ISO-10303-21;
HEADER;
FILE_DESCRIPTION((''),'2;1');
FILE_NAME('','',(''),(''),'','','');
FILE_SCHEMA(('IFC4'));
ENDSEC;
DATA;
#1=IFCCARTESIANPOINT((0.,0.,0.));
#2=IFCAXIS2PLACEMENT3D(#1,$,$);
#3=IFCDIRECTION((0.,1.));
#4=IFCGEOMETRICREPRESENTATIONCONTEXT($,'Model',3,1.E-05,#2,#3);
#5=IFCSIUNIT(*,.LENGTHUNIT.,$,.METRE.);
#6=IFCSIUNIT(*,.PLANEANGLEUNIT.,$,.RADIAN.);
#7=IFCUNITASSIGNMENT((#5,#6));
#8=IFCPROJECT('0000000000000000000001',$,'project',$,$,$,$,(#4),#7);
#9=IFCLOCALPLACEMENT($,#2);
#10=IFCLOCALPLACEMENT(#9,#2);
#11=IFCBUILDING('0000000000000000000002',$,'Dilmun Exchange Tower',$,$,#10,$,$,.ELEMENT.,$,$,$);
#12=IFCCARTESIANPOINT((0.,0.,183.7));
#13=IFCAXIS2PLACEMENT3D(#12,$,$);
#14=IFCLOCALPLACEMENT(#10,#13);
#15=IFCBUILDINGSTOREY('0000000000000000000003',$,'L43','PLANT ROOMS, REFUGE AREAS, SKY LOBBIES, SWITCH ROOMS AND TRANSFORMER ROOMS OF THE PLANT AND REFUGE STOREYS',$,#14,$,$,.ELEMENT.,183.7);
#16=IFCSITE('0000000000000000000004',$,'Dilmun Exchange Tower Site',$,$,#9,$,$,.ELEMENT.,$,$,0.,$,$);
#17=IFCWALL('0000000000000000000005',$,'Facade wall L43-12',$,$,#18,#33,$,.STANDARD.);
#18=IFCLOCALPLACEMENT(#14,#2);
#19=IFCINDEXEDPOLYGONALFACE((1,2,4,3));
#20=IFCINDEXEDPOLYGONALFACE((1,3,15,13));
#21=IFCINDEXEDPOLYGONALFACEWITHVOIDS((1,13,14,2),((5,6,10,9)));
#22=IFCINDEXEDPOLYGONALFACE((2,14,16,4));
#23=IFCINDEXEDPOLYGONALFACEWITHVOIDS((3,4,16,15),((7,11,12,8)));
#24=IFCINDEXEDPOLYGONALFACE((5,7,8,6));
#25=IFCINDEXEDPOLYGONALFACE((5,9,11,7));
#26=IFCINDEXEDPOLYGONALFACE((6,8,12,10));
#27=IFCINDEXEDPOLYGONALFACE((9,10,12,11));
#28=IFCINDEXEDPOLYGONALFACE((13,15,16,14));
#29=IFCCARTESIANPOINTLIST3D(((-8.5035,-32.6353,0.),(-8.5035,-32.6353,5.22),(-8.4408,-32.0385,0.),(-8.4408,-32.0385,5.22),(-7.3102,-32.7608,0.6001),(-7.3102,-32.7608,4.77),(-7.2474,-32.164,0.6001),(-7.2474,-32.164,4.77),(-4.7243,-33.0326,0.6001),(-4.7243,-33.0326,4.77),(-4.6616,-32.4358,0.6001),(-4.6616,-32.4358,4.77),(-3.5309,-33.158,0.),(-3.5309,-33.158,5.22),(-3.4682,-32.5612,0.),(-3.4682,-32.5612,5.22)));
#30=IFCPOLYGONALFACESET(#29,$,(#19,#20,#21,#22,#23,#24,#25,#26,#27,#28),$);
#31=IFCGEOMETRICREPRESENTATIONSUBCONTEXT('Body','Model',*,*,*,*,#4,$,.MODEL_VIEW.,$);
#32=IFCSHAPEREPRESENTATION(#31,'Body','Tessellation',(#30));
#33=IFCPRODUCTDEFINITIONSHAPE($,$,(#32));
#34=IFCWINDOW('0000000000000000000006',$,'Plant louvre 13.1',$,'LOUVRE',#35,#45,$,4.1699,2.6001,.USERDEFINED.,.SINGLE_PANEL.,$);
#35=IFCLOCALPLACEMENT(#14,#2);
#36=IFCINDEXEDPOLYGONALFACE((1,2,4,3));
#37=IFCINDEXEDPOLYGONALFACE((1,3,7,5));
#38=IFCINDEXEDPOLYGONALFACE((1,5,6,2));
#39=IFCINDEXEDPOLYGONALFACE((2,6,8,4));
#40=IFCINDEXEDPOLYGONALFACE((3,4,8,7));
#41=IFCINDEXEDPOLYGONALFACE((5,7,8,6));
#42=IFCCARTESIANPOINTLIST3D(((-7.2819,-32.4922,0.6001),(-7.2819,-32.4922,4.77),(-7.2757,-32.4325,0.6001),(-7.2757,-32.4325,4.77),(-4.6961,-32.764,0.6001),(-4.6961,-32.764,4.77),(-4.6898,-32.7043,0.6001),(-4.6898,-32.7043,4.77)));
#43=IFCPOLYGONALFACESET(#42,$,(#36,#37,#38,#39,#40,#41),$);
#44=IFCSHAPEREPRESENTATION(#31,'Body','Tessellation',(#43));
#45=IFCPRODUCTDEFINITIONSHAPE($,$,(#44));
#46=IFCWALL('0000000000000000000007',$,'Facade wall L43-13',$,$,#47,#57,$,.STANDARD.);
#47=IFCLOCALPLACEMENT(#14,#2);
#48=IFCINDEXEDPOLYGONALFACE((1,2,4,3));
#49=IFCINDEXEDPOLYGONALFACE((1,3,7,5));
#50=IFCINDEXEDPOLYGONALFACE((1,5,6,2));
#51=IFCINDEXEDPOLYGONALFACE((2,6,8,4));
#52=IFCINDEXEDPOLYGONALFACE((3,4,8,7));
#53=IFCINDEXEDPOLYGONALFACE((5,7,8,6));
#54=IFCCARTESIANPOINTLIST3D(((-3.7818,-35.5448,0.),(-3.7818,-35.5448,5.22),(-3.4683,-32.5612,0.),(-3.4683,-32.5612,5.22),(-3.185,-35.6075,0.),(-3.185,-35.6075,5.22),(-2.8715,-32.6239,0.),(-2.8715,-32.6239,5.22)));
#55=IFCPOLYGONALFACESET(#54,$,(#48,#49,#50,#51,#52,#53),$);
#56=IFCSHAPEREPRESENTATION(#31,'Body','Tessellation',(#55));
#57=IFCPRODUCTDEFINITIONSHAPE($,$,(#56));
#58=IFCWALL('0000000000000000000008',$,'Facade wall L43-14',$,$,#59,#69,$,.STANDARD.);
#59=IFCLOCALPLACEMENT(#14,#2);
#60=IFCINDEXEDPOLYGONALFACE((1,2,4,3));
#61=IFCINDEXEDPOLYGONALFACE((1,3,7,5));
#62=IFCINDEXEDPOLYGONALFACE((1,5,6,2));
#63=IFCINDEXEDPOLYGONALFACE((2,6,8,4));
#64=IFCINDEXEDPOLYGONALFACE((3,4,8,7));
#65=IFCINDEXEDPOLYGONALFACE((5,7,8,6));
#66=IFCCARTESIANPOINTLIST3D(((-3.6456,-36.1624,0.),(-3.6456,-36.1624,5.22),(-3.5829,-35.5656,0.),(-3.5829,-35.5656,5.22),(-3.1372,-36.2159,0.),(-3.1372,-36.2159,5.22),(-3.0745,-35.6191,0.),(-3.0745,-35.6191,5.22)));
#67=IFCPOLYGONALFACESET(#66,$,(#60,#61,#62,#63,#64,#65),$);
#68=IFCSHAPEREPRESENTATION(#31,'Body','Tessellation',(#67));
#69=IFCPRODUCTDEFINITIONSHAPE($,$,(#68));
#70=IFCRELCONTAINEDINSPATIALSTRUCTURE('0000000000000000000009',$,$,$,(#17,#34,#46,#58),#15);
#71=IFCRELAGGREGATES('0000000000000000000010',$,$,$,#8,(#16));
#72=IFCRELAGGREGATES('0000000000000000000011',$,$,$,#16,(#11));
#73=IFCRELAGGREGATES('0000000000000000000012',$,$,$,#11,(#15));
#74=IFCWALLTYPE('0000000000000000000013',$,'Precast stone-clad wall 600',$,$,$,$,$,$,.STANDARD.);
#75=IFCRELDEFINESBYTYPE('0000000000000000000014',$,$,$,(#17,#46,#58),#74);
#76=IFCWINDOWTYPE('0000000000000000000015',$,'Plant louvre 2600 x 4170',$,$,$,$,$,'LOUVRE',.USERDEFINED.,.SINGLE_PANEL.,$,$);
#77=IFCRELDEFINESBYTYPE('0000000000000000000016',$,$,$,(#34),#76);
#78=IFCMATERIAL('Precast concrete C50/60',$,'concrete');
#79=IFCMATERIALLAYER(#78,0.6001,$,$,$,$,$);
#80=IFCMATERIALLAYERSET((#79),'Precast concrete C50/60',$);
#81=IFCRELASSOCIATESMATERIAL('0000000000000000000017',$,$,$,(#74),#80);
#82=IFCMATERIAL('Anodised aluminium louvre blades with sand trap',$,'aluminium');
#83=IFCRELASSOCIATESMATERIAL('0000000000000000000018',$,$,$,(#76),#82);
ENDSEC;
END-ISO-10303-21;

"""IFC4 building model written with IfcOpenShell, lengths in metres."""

from ifc_helpers import new_model, si_unit, direction, frame, frame_2d, origin, place, context, subcontext, project, spatial, rectangle, extrude, material, layer, layer_set, type_object, element, fill, save


model = new_model("IFC4")

# Units and contexts
model_context = context("Model", 3, precision=1e-05, world=origin(), true_north=direction((0.0, 1.0)))
body_context = subcontext(model_context, "Body", "Model", "MODEL_VIEW")
ifc_project = project(units=[si_unit("LENGTHUNIT", "METRE"), si_unit("PLANEANGLEUNIT", "RADIAN")], contexts=[model_context])

# Site, building, storey
site_placement = place(None, origin())
site = spatial("IfcSite", under=ifc_project, at=site_placement, Name="Dilmun Exchange Tower Site", CompositionType="ELEMENT", RefElevation=0.0)
building_placement = place(site_placement, origin())
building = spatial("IfcBuilding", under=site, at=building_placement, Name="Dilmun Exchange Tower", CompositionType="ELEMENT")
storey_placement = place(building_placement, frame((0.0, 0.0, 183.7)))
storey = spatial("IfcBuildingStorey", under=building, at=storey_placement, Name="L43", Description="PLANT ROOMS, REFUGE AREAS, SKY LOBBIES, SWITCH ROOMS AND TRANSFORMER ROOMS OF THE PLANT AND REFUGE STOREYS", CompositionType="ELEMENT", Elevation=183.7)

# Wall, opening, window
ifc_material_1 = material(Name="Precast concrete C50/60", Category="concrete")
ifc_layer_1 = layer(ifc_material_1, 0.6001)
ifc_layer_set_1 = layer_set([ifc_layer_1], Name="Precast concrete C50/60")
wall_type = type_object("IfcWallType", Name="Precast stone-clad wall 600", PredefinedType="STANDARD", material=ifc_layer_set_1)
wall_1_placement = place(storey_placement, frame((-8.4722, -32.3369, 0.0), z_axis=(0.0, 0.0, 1.0), x_axis=(0.994521, -0.10454, 0.0)))
wall_1 = element("IfcWall", 1, at=wall_1_placement, inside=storey, type_object=wall_type, Name="Facade wall L43-12", PredefinedType="STANDARD", context=body_context, shape_type="SweptSolid", body=[
    extrude(rectangle(XDim=5.0, YDim=0.6001, at=frame_2d((2.5, 0.0))), origin(), (0.0, 0.0, 1.0), 5.22),
])
opening_1_placement = place(wall_1_placement, frame((1.2, 0.0, 0.6001)))
opening_1 = element("IfcOpeningElement", 2, at=opening_1_placement, cuts=wall_1, PredefinedType="OPENING", context=body_context, shape_type="SweptSolid", body=[
    extrude(rectangle(XDim=2.6001, YDim=4.1699, at=frame_2d((1.3, 2.085))), frame((0.0, 0.3101, 0.0), z_axis=(0.0, -1.0, 0.0), x_axis=(1.0, 0.0, 0.0)), (0.0, 0.0, 1.0), 0.6201),
])
ifc_material_2 = material(Name="Anodised aluminium louvre blades with sand trap", Category="aluminium")
window_type_1 = type_object("IfcWindowType", Name="Plant louvre 2600 x 4170", ElementType="LOUVRE", PartitioningType="SINGLE_PANEL", PredefinedType="USERDEFINED", material=ifc_material_2)
window_1_placement = place(opening_1_placement, origin())
window_1 = element("IfcWindow", 3, at=window_1_placement, inside=storey, type_object=window_type_1, Name="Plant louvre 13.1", ObjectType="LOUVRE", OverallHeight=4.1699, OverallWidth=2.6001, PartitioningType="SINGLE_PANEL", PredefinedType="USERDEFINED", context=body_context, shape_type="SweptSolid", body=[
    extrude(rectangle(XDim=2.6001, YDim=4.1699, at=frame_2d((1.3, 2.085))), frame((0.0, 0.03, 0.0), z_axis=(0.0, -1.0, 0.0), x_axis=(1.0, 0.0, 0.0)), (0.0, 0.0, 1.0), 0.0601),
])
fill(opening_1, window_1)

# Walls
wall_2_placement = place(storey_placement, frame((-3.1699, -32.5925, 0.0), z_axis=(0.0, 0.0, 1.0), x_axis=(-0.10449, -0.994526, 0.0)))
element("IfcWall", 4, at=wall_2_placement, inside=storey, type_object=wall_type, Name="Facade wall L43-13", PredefinedType="STANDARD", context=body_context, shape_type="SweptSolid", body=[
    extrude(rectangle(XDim=3.0, YDim=0.6001, at=frame_2d((1.5, 0.0))), origin(), (0.0, 0.0, 1.0), 5.22),
])
wall_3_placement = place(storey_placement, frame((-3.6143, -35.864, 0.0), z_axis=(0.0, 0.0, 1.0), x_axis=(0.994519, -0.104561, 0.0)))
element("IfcWall", 5, at=wall_3_placement, inside=storey, type_object=wall_type, Name="Facade wall L43-14", PredefinedType="STANDARD", context=body_context, shape_type="SweptSolid", body=[
    extrude(rectangle(XDim=0.5112, YDim=0.6001, at=frame_2d((0.2556, 0.0))), origin(), (0.0, 0.0, 1.0), 5.22),
])

save(model, "model.ifc")
